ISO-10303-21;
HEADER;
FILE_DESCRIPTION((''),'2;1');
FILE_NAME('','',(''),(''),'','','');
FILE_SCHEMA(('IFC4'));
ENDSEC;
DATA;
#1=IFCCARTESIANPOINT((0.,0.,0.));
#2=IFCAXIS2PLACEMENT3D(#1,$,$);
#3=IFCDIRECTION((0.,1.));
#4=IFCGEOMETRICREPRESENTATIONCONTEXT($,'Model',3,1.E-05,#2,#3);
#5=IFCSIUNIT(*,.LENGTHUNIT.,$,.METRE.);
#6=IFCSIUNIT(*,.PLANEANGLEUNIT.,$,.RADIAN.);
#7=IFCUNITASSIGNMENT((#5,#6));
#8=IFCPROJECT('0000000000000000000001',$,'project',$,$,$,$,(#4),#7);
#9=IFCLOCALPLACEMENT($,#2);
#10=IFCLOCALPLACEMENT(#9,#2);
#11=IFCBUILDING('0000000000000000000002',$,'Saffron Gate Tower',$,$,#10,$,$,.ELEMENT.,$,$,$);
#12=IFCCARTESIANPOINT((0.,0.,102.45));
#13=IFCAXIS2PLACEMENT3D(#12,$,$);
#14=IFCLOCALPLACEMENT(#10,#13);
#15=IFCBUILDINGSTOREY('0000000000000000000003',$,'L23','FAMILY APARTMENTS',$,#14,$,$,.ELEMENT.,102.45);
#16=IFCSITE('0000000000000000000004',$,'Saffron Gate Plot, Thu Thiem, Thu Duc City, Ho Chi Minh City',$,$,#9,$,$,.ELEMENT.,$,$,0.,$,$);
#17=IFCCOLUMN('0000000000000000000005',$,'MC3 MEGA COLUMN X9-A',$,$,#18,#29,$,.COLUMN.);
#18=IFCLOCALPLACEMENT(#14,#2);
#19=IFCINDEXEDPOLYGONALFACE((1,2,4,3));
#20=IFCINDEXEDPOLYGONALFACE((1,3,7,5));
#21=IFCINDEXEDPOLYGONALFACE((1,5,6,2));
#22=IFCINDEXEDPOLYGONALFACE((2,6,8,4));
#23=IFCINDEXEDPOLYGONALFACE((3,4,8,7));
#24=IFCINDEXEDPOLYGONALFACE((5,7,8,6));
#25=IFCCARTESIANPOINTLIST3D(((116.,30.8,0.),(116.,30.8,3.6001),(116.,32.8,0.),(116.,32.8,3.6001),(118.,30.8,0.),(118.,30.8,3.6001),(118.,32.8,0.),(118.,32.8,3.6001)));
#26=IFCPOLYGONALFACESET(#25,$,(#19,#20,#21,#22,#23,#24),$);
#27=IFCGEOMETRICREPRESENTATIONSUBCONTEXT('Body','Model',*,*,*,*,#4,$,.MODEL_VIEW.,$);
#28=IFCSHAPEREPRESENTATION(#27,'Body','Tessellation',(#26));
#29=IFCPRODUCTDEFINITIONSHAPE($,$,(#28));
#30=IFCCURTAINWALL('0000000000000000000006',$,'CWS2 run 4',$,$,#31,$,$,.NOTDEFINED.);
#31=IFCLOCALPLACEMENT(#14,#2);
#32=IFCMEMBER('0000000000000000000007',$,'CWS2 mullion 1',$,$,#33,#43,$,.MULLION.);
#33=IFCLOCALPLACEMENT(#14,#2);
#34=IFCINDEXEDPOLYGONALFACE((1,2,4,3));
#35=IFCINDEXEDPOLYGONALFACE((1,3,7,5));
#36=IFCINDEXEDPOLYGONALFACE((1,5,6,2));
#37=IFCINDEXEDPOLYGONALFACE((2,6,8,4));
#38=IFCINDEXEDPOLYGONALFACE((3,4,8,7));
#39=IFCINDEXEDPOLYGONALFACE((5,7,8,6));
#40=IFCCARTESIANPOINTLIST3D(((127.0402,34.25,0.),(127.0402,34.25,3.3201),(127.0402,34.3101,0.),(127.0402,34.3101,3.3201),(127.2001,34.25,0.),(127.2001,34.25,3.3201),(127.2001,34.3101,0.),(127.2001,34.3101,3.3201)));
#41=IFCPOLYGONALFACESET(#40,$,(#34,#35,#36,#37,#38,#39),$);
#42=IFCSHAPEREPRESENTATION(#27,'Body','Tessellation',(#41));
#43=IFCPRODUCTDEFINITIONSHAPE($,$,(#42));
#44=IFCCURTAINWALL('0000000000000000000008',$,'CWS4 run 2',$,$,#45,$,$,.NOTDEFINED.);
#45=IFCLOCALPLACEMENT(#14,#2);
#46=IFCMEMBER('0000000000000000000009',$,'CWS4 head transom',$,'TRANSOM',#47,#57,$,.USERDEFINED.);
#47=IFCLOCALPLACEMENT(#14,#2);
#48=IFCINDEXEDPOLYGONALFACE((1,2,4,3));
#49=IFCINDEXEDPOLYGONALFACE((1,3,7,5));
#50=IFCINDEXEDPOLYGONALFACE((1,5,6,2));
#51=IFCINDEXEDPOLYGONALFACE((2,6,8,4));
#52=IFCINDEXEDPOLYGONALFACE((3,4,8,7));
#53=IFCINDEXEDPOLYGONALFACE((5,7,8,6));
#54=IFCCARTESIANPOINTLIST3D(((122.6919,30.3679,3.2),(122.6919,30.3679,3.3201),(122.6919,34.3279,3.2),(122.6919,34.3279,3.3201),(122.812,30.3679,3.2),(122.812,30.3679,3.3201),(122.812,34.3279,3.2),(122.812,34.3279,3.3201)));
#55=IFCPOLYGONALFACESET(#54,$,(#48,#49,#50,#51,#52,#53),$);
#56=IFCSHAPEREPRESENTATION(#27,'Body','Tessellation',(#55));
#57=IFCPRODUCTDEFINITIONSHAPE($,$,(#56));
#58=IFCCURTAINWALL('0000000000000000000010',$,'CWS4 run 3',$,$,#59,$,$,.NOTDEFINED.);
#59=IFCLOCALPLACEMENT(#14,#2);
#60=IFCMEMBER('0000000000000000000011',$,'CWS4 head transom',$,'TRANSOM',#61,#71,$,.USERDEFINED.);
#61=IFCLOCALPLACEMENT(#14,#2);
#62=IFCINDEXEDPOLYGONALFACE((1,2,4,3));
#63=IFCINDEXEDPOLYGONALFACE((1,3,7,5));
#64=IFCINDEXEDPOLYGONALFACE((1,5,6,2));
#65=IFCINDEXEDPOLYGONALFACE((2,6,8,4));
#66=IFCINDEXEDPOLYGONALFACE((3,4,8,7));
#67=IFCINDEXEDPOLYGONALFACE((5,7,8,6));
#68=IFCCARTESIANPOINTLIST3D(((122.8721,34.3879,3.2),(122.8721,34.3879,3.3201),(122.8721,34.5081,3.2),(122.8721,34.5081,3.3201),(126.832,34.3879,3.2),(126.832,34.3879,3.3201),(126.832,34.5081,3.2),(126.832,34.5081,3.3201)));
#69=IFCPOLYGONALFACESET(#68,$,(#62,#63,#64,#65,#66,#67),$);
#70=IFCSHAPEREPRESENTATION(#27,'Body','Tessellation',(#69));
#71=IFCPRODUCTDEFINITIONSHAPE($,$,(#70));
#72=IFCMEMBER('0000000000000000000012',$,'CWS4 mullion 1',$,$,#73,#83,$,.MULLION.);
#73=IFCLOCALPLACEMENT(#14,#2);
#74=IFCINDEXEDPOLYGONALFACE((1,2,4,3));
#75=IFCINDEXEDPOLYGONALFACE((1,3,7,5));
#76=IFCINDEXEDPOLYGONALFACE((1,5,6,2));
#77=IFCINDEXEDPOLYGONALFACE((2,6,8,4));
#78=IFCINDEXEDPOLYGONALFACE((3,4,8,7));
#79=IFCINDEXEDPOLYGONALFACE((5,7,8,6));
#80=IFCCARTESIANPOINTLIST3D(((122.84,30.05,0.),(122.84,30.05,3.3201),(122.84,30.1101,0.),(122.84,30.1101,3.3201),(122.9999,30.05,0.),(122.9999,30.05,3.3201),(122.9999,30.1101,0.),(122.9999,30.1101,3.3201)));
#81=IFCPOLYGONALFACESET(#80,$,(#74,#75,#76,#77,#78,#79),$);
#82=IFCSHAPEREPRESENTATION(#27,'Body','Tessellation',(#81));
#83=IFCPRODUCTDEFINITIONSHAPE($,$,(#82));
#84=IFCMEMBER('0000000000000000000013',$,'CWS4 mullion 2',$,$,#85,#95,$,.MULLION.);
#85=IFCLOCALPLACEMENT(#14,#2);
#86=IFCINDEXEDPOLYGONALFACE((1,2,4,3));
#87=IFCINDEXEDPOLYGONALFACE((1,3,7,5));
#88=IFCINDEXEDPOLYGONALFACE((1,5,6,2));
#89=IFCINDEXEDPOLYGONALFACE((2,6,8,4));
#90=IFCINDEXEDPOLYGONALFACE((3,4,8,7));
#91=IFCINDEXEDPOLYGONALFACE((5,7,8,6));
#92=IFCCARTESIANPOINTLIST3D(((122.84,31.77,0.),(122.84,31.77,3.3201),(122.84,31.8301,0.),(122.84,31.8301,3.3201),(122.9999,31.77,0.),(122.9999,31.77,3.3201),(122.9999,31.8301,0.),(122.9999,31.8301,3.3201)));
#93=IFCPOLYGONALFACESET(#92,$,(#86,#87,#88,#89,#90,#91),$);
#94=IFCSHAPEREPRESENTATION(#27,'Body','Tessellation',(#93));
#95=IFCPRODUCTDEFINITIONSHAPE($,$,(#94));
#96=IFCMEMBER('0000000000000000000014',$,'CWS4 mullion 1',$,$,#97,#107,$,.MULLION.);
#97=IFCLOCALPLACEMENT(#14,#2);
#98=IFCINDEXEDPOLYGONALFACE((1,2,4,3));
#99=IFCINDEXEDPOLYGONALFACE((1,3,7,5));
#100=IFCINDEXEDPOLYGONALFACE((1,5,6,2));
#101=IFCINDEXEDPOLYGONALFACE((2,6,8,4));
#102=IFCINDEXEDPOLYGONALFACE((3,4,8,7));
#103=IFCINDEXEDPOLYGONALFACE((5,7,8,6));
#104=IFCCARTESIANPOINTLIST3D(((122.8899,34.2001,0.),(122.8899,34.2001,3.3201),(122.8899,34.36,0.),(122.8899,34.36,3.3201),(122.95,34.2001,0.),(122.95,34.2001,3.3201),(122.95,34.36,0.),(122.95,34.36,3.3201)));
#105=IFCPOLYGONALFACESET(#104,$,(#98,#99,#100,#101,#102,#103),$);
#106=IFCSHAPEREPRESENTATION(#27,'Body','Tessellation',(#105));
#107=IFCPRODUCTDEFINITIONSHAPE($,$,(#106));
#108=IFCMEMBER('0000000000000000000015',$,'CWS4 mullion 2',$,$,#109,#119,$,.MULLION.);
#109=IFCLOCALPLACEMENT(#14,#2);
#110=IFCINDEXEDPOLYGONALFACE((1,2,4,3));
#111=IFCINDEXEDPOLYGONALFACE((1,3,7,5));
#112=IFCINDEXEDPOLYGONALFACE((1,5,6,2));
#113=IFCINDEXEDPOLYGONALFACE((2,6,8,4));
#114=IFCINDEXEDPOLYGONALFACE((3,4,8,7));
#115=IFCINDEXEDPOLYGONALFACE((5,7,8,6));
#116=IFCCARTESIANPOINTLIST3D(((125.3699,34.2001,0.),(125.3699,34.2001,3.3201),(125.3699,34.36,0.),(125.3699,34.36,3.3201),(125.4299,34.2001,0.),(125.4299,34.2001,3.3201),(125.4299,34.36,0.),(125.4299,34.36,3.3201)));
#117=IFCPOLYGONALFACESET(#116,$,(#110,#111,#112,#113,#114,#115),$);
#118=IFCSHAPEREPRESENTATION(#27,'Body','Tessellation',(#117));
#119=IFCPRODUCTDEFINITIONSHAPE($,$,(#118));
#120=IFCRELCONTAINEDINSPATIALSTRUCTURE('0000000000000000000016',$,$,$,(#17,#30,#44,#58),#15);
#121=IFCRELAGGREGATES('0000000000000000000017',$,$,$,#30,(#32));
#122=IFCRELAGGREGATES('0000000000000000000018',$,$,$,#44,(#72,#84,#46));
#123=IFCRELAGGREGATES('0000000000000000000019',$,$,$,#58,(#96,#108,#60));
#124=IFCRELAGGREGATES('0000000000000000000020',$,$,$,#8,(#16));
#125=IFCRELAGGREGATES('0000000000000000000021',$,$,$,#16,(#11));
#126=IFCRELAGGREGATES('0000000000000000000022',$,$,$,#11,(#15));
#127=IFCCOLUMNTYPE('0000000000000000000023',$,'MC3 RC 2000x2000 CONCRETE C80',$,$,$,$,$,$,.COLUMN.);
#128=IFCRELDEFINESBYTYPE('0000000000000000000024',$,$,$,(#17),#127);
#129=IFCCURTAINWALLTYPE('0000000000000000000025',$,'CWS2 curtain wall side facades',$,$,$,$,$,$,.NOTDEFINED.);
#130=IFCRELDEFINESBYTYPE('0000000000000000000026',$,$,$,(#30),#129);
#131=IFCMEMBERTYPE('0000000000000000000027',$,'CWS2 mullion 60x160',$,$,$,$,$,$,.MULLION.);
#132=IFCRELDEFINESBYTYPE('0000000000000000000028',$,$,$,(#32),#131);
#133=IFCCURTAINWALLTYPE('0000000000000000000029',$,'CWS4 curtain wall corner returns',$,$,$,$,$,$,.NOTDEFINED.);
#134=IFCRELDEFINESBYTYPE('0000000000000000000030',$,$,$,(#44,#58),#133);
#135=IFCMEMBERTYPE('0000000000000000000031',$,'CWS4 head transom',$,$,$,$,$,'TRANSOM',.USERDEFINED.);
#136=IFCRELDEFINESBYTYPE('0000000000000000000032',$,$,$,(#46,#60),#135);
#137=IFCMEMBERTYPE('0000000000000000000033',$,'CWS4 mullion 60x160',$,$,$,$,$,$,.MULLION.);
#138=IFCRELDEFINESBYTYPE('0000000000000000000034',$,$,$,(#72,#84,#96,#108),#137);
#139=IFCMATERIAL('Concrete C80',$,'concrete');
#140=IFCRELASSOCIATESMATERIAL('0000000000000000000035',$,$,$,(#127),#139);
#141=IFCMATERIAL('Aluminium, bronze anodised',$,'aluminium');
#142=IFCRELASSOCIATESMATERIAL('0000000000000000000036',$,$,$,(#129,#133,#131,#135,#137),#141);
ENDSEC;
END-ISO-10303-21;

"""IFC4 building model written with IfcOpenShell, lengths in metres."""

from ifc_helpers import new_model, si_unit, direction, frame, origin, origin_2d, place, context, subcontext, project, spatial, rectangle, extrude, material, material_profile, profile_set, type_object, element, aggregate, save


model = new_model("IFC4")

# Units and contexts
model_context = context("Model", 3, precision=1e-05, world=origin(), true_north=direction((0.0, 1.0)))
body_context = subcontext(model_context, "Body", "Model", "MODEL_VIEW")
ifc_project = project(units=[si_unit("LENGTHUNIT", "METRE"), si_unit("PLANEANGLEUNIT", "RADIAN")], contexts=[model_context])

# Site, building, storey
site_placement = place(None, origin())
site = spatial("IfcSite", under=ifc_project, at=site_placement, Name="Saffron Gate Plot, Thu Thiem, Thu Duc City, Ho Chi Minh City", CompositionType="ELEMENT", RefElevation=0.0)
building_placement = place(site_placement, origin())
building = spatial("IfcBuilding", under=site, at=building_placement, Name="Saffron Gate Tower", CompositionType="ELEMENT")
storey_placement = place(building_placement, frame((0.0, 0.0, 102.45)))
storey = spatial("IfcBuildingStorey", under=building, at=storey_placement, Name="L23", Description="FAMILY APARTMENTS", CompositionType="ELEMENT", Elevation=102.45)

# Column
ifc_material_1 = material(Name="Concrete C80", Category="concrete")
ifc_material_profile_1 = material_profile(ifc_material_1, rectangle(XDim=2.0, YDim=2.0, at=origin_2d()))
ifc_profile_set_1 = profile_set([ifc_material_profile_1], Name="Concrete C80")
column_type = type_object("IfcColumnType", Name="MC3 RC 2000x2000 CONCRETE C80", PredefinedType="COLUMN", material=ifc_profile_set_1)
column_placement = place(storey_placement, frame((117.0, 31.8, 0.0), z_axis=(0.0, 0.0, 1.0), x_axis=(1.0, 0.0, 0.0)))
element("IfcColumn", 1, at=column_placement, inside=storey, type_object=column_type, Name="MC3 MEGA COLUMN X9-A", PredefinedType="COLUMN", context=body_context, shape_type="SweptSolid", body=[
    extrude(rectangle(XDim=2.0, YDim=2.0, at=origin_2d()), origin(), (0.0, 0.0, 1.0), 3.6001),
])

# Curtain walls, members
ifc_material_2 = material(Name="Aluminium, bronze anodised", Category="aluminium")
curtain_wall_type_1 = type_object("IfcCurtainWallType", Name="CWS2 curtain wall side facades", PredefinedType="NOTDEFINED", material=ifc_material_2)
curtain_wall_1_placement = place(storey_placement, origin())
curtain_wall_1 = element("IfcCurtainWall", 2, at=curtain_wall_1_placement, inside=storey, type_object=curtain_wall_type_1, Name="CWS2 run 4", PredefinedType="NOTDEFINED")
ifc_material_profile_2 = material_profile(ifc_material_2, rectangle(XDim=0.1599, YDim=0.0601, at=origin_2d()))
ifc_profile_set_2 = profile_set([ifc_material_profile_2], Name="Aluminium, bronze anodised")
member_type_1 = type_object("IfcMemberType", Name="CWS2 mullion 60x160", PredefinedType="MULLION", material=ifc_profile_set_2)
member_1_placement = place(storey_placement, frame((127.1201, 34.28, 0.0), z_axis=(0.0, 0.0, 1.0), x_axis=(-1.0, 0.0, 0.0)))
member_1 = element("IfcMember", 3, at=member_1_placement, type_object=member_type_1, Name="CWS2 mullion 1", PredefinedType="MULLION", context=body_context, shape_type="SweptSolid", body=[
    extrude(rectangle(XDim=0.1599, YDim=0.0601, at=origin_2d()), origin(), (0.0, 0.0, 1.0), 3.3201),
])
curtain_wall_type_2 = type_object("IfcCurtainWallType", Name="CWS4 curtain wall corner returns", PredefinedType="NOTDEFINED", material=ifc_material_2)
curtain_wall_2_placement = place(storey_placement, origin())
curtain_wall_2 = element("IfcCurtainWall", 4, at=curtain_wall_2_placement, inside=storey, type_object=curtain_wall_type_2, Name="CWS4 run 2", PredefinedType="NOTDEFINED")
ifc_material_profile_3 = material_profile(ifc_material_2, rectangle(XDim=0.1201, YDim=0.1201, at=origin_2d()))
ifc_profile_set_3 = profile_set([ifc_material_profile_3], Name="Aluminium, bronze anodised")
member_type_2 = type_object("IfcMemberType", Name="CWS4 head transom", ElementType="TRANSOM", PredefinedType="USERDEFINED", material=ifc_profile_set_3)
member_2_placement = place(storey_placement, frame((122.752, 30.3679, 3.26), z_axis=(0.0, 1.0, 0.0), x_axis=(-1.0, 0.0, 0.0)))
member_2 = element("IfcMember", 5, at=member_2_placement, type_object=member_type_2, Name="CWS4 head transom", ObjectType="TRANSOM", PredefinedType="USERDEFINED", context=body_context, shape_type="SweptSolid", body=[
    extrude(rectangle(XDim=0.1201, YDim=0.1201, at=origin_2d()), origin(), (0.0, 0.0, 1.0), 3.96),
])
curtain_wall_3_placement = place(storey_placement, origin())
curtain_wall_3 = element("IfcCurtainWall", 6, at=curtain_wall_3_placement, inside=storey, type_object=curtain_wall_type_2, Name="CWS4 run 3", PredefinedType="NOTDEFINED")
member_3_placement = place(storey_placement, frame((122.8721, 34.448, 3.26), z_axis=(1.0, 0.0, 0.0), x_axis=(0.0, 1.0, 0.0)))
member_3 = element("IfcMember", 7, at=member_3_placement, type_object=member_type_2, Name="CWS4 head transom", ObjectType="TRANSOM", PredefinedType="USERDEFINED", context=body_context, shape_type="SweptSolid", body=[
    extrude(rectangle(XDim=0.1201, YDim=0.1201, at=origin_2d()), origin(), (0.0, 0.0, 1.0), 3.96),
])

# Members
ifc_material_profile_4 = material_profile(ifc_material_2, rectangle(XDim=0.1599, YDim=0.0601, at=origin_2d()))
ifc_profile_set_4 = profile_set([ifc_material_profile_4], Name="Aluminium, bronze anodised")
member_type_3 = type_object("IfcMemberType", Name="CWS4 mullion 60x160", PredefinedType="MULLION", material=ifc_profile_set_4)
member_4_placement = place(storey_placement, frame((122.9199, 30.0801, 0.0), z_axis=(0.0, 0.0, 1.0), x_axis=(-1.0, 0.0, 0.0)))
member_4 = element("IfcMember", 8, at=member_4_placement, type_object=member_type_3, Name="CWS4 mullion 1", PredefinedType="MULLION", context=body_context, shape_type="SweptSolid", body=[
    extrude(rectangle(XDim=0.1599, YDim=0.0601, at=origin_2d()), origin(), (0.0, 0.0, 1.0), 3.3201),
])
member_5_placement = place(storey_placement, frame((122.9199, 31.8, 0.0), z_axis=(0.0, 0.0, 1.0), x_axis=(-1.0, 0.0, 0.0)))
member_5 = element("IfcMember", 9, at=member_5_placement, type_object=member_type_3, Name="CWS4 mullion 2", PredefinedType="MULLION", context=body_context, shape_type="SweptSolid", body=[
    extrude(rectangle(XDim=0.1599, YDim=0.0601, at=origin_2d()), origin(), (0.0, 0.0, 1.0), 3.3201),
])
member_6_placement = place(storey_placement, frame((122.9199, 34.28, 0.0), z_axis=(0.0, 0.0, 1.0), x_axis=(0.0, 1.0, 0.0)))
member_6 = element("IfcMember", 10, at=member_6_placement, type_object=member_type_3, Name="CWS4 mullion 1", PredefinedType="MULLION", context=body_context, shape_type="SweptSolid", body=[
    extrude(rectangle(XDim=0.1599, YDim=0.0601, at=origin_2d()), origin(), (0.0, 0.0, 1.0), 3.3201),
])
member_7_placement = place(storey_placement, frame((125.3999, 34.28, 0.0), z_axis=(0.0, 0.0, 1.0), x_axis=(0.0, 1.0, 0.0)))
member_7 = element("IfcMember", 11, at=member_7_placement, type_object=member_type_3, Name="CWS4 mullion 2", PredefinedType="MULLION", context=body_context, shape_type="SweptSolid", body=[
    extrude(rectangle(XDim=0.1599, YDim=0.0601, at=origin_2d()), origin(), (0.0, 0.0, 1.0), 3.3201),
])

aggregate(curtain_wall_1, [member_1])

aggregate(curtain_wall_2, [member_4, member_5, member_2])
aggregate(curtain_wall_3, [member_6, member_7, member_3])

save(model, "model.ifc")
